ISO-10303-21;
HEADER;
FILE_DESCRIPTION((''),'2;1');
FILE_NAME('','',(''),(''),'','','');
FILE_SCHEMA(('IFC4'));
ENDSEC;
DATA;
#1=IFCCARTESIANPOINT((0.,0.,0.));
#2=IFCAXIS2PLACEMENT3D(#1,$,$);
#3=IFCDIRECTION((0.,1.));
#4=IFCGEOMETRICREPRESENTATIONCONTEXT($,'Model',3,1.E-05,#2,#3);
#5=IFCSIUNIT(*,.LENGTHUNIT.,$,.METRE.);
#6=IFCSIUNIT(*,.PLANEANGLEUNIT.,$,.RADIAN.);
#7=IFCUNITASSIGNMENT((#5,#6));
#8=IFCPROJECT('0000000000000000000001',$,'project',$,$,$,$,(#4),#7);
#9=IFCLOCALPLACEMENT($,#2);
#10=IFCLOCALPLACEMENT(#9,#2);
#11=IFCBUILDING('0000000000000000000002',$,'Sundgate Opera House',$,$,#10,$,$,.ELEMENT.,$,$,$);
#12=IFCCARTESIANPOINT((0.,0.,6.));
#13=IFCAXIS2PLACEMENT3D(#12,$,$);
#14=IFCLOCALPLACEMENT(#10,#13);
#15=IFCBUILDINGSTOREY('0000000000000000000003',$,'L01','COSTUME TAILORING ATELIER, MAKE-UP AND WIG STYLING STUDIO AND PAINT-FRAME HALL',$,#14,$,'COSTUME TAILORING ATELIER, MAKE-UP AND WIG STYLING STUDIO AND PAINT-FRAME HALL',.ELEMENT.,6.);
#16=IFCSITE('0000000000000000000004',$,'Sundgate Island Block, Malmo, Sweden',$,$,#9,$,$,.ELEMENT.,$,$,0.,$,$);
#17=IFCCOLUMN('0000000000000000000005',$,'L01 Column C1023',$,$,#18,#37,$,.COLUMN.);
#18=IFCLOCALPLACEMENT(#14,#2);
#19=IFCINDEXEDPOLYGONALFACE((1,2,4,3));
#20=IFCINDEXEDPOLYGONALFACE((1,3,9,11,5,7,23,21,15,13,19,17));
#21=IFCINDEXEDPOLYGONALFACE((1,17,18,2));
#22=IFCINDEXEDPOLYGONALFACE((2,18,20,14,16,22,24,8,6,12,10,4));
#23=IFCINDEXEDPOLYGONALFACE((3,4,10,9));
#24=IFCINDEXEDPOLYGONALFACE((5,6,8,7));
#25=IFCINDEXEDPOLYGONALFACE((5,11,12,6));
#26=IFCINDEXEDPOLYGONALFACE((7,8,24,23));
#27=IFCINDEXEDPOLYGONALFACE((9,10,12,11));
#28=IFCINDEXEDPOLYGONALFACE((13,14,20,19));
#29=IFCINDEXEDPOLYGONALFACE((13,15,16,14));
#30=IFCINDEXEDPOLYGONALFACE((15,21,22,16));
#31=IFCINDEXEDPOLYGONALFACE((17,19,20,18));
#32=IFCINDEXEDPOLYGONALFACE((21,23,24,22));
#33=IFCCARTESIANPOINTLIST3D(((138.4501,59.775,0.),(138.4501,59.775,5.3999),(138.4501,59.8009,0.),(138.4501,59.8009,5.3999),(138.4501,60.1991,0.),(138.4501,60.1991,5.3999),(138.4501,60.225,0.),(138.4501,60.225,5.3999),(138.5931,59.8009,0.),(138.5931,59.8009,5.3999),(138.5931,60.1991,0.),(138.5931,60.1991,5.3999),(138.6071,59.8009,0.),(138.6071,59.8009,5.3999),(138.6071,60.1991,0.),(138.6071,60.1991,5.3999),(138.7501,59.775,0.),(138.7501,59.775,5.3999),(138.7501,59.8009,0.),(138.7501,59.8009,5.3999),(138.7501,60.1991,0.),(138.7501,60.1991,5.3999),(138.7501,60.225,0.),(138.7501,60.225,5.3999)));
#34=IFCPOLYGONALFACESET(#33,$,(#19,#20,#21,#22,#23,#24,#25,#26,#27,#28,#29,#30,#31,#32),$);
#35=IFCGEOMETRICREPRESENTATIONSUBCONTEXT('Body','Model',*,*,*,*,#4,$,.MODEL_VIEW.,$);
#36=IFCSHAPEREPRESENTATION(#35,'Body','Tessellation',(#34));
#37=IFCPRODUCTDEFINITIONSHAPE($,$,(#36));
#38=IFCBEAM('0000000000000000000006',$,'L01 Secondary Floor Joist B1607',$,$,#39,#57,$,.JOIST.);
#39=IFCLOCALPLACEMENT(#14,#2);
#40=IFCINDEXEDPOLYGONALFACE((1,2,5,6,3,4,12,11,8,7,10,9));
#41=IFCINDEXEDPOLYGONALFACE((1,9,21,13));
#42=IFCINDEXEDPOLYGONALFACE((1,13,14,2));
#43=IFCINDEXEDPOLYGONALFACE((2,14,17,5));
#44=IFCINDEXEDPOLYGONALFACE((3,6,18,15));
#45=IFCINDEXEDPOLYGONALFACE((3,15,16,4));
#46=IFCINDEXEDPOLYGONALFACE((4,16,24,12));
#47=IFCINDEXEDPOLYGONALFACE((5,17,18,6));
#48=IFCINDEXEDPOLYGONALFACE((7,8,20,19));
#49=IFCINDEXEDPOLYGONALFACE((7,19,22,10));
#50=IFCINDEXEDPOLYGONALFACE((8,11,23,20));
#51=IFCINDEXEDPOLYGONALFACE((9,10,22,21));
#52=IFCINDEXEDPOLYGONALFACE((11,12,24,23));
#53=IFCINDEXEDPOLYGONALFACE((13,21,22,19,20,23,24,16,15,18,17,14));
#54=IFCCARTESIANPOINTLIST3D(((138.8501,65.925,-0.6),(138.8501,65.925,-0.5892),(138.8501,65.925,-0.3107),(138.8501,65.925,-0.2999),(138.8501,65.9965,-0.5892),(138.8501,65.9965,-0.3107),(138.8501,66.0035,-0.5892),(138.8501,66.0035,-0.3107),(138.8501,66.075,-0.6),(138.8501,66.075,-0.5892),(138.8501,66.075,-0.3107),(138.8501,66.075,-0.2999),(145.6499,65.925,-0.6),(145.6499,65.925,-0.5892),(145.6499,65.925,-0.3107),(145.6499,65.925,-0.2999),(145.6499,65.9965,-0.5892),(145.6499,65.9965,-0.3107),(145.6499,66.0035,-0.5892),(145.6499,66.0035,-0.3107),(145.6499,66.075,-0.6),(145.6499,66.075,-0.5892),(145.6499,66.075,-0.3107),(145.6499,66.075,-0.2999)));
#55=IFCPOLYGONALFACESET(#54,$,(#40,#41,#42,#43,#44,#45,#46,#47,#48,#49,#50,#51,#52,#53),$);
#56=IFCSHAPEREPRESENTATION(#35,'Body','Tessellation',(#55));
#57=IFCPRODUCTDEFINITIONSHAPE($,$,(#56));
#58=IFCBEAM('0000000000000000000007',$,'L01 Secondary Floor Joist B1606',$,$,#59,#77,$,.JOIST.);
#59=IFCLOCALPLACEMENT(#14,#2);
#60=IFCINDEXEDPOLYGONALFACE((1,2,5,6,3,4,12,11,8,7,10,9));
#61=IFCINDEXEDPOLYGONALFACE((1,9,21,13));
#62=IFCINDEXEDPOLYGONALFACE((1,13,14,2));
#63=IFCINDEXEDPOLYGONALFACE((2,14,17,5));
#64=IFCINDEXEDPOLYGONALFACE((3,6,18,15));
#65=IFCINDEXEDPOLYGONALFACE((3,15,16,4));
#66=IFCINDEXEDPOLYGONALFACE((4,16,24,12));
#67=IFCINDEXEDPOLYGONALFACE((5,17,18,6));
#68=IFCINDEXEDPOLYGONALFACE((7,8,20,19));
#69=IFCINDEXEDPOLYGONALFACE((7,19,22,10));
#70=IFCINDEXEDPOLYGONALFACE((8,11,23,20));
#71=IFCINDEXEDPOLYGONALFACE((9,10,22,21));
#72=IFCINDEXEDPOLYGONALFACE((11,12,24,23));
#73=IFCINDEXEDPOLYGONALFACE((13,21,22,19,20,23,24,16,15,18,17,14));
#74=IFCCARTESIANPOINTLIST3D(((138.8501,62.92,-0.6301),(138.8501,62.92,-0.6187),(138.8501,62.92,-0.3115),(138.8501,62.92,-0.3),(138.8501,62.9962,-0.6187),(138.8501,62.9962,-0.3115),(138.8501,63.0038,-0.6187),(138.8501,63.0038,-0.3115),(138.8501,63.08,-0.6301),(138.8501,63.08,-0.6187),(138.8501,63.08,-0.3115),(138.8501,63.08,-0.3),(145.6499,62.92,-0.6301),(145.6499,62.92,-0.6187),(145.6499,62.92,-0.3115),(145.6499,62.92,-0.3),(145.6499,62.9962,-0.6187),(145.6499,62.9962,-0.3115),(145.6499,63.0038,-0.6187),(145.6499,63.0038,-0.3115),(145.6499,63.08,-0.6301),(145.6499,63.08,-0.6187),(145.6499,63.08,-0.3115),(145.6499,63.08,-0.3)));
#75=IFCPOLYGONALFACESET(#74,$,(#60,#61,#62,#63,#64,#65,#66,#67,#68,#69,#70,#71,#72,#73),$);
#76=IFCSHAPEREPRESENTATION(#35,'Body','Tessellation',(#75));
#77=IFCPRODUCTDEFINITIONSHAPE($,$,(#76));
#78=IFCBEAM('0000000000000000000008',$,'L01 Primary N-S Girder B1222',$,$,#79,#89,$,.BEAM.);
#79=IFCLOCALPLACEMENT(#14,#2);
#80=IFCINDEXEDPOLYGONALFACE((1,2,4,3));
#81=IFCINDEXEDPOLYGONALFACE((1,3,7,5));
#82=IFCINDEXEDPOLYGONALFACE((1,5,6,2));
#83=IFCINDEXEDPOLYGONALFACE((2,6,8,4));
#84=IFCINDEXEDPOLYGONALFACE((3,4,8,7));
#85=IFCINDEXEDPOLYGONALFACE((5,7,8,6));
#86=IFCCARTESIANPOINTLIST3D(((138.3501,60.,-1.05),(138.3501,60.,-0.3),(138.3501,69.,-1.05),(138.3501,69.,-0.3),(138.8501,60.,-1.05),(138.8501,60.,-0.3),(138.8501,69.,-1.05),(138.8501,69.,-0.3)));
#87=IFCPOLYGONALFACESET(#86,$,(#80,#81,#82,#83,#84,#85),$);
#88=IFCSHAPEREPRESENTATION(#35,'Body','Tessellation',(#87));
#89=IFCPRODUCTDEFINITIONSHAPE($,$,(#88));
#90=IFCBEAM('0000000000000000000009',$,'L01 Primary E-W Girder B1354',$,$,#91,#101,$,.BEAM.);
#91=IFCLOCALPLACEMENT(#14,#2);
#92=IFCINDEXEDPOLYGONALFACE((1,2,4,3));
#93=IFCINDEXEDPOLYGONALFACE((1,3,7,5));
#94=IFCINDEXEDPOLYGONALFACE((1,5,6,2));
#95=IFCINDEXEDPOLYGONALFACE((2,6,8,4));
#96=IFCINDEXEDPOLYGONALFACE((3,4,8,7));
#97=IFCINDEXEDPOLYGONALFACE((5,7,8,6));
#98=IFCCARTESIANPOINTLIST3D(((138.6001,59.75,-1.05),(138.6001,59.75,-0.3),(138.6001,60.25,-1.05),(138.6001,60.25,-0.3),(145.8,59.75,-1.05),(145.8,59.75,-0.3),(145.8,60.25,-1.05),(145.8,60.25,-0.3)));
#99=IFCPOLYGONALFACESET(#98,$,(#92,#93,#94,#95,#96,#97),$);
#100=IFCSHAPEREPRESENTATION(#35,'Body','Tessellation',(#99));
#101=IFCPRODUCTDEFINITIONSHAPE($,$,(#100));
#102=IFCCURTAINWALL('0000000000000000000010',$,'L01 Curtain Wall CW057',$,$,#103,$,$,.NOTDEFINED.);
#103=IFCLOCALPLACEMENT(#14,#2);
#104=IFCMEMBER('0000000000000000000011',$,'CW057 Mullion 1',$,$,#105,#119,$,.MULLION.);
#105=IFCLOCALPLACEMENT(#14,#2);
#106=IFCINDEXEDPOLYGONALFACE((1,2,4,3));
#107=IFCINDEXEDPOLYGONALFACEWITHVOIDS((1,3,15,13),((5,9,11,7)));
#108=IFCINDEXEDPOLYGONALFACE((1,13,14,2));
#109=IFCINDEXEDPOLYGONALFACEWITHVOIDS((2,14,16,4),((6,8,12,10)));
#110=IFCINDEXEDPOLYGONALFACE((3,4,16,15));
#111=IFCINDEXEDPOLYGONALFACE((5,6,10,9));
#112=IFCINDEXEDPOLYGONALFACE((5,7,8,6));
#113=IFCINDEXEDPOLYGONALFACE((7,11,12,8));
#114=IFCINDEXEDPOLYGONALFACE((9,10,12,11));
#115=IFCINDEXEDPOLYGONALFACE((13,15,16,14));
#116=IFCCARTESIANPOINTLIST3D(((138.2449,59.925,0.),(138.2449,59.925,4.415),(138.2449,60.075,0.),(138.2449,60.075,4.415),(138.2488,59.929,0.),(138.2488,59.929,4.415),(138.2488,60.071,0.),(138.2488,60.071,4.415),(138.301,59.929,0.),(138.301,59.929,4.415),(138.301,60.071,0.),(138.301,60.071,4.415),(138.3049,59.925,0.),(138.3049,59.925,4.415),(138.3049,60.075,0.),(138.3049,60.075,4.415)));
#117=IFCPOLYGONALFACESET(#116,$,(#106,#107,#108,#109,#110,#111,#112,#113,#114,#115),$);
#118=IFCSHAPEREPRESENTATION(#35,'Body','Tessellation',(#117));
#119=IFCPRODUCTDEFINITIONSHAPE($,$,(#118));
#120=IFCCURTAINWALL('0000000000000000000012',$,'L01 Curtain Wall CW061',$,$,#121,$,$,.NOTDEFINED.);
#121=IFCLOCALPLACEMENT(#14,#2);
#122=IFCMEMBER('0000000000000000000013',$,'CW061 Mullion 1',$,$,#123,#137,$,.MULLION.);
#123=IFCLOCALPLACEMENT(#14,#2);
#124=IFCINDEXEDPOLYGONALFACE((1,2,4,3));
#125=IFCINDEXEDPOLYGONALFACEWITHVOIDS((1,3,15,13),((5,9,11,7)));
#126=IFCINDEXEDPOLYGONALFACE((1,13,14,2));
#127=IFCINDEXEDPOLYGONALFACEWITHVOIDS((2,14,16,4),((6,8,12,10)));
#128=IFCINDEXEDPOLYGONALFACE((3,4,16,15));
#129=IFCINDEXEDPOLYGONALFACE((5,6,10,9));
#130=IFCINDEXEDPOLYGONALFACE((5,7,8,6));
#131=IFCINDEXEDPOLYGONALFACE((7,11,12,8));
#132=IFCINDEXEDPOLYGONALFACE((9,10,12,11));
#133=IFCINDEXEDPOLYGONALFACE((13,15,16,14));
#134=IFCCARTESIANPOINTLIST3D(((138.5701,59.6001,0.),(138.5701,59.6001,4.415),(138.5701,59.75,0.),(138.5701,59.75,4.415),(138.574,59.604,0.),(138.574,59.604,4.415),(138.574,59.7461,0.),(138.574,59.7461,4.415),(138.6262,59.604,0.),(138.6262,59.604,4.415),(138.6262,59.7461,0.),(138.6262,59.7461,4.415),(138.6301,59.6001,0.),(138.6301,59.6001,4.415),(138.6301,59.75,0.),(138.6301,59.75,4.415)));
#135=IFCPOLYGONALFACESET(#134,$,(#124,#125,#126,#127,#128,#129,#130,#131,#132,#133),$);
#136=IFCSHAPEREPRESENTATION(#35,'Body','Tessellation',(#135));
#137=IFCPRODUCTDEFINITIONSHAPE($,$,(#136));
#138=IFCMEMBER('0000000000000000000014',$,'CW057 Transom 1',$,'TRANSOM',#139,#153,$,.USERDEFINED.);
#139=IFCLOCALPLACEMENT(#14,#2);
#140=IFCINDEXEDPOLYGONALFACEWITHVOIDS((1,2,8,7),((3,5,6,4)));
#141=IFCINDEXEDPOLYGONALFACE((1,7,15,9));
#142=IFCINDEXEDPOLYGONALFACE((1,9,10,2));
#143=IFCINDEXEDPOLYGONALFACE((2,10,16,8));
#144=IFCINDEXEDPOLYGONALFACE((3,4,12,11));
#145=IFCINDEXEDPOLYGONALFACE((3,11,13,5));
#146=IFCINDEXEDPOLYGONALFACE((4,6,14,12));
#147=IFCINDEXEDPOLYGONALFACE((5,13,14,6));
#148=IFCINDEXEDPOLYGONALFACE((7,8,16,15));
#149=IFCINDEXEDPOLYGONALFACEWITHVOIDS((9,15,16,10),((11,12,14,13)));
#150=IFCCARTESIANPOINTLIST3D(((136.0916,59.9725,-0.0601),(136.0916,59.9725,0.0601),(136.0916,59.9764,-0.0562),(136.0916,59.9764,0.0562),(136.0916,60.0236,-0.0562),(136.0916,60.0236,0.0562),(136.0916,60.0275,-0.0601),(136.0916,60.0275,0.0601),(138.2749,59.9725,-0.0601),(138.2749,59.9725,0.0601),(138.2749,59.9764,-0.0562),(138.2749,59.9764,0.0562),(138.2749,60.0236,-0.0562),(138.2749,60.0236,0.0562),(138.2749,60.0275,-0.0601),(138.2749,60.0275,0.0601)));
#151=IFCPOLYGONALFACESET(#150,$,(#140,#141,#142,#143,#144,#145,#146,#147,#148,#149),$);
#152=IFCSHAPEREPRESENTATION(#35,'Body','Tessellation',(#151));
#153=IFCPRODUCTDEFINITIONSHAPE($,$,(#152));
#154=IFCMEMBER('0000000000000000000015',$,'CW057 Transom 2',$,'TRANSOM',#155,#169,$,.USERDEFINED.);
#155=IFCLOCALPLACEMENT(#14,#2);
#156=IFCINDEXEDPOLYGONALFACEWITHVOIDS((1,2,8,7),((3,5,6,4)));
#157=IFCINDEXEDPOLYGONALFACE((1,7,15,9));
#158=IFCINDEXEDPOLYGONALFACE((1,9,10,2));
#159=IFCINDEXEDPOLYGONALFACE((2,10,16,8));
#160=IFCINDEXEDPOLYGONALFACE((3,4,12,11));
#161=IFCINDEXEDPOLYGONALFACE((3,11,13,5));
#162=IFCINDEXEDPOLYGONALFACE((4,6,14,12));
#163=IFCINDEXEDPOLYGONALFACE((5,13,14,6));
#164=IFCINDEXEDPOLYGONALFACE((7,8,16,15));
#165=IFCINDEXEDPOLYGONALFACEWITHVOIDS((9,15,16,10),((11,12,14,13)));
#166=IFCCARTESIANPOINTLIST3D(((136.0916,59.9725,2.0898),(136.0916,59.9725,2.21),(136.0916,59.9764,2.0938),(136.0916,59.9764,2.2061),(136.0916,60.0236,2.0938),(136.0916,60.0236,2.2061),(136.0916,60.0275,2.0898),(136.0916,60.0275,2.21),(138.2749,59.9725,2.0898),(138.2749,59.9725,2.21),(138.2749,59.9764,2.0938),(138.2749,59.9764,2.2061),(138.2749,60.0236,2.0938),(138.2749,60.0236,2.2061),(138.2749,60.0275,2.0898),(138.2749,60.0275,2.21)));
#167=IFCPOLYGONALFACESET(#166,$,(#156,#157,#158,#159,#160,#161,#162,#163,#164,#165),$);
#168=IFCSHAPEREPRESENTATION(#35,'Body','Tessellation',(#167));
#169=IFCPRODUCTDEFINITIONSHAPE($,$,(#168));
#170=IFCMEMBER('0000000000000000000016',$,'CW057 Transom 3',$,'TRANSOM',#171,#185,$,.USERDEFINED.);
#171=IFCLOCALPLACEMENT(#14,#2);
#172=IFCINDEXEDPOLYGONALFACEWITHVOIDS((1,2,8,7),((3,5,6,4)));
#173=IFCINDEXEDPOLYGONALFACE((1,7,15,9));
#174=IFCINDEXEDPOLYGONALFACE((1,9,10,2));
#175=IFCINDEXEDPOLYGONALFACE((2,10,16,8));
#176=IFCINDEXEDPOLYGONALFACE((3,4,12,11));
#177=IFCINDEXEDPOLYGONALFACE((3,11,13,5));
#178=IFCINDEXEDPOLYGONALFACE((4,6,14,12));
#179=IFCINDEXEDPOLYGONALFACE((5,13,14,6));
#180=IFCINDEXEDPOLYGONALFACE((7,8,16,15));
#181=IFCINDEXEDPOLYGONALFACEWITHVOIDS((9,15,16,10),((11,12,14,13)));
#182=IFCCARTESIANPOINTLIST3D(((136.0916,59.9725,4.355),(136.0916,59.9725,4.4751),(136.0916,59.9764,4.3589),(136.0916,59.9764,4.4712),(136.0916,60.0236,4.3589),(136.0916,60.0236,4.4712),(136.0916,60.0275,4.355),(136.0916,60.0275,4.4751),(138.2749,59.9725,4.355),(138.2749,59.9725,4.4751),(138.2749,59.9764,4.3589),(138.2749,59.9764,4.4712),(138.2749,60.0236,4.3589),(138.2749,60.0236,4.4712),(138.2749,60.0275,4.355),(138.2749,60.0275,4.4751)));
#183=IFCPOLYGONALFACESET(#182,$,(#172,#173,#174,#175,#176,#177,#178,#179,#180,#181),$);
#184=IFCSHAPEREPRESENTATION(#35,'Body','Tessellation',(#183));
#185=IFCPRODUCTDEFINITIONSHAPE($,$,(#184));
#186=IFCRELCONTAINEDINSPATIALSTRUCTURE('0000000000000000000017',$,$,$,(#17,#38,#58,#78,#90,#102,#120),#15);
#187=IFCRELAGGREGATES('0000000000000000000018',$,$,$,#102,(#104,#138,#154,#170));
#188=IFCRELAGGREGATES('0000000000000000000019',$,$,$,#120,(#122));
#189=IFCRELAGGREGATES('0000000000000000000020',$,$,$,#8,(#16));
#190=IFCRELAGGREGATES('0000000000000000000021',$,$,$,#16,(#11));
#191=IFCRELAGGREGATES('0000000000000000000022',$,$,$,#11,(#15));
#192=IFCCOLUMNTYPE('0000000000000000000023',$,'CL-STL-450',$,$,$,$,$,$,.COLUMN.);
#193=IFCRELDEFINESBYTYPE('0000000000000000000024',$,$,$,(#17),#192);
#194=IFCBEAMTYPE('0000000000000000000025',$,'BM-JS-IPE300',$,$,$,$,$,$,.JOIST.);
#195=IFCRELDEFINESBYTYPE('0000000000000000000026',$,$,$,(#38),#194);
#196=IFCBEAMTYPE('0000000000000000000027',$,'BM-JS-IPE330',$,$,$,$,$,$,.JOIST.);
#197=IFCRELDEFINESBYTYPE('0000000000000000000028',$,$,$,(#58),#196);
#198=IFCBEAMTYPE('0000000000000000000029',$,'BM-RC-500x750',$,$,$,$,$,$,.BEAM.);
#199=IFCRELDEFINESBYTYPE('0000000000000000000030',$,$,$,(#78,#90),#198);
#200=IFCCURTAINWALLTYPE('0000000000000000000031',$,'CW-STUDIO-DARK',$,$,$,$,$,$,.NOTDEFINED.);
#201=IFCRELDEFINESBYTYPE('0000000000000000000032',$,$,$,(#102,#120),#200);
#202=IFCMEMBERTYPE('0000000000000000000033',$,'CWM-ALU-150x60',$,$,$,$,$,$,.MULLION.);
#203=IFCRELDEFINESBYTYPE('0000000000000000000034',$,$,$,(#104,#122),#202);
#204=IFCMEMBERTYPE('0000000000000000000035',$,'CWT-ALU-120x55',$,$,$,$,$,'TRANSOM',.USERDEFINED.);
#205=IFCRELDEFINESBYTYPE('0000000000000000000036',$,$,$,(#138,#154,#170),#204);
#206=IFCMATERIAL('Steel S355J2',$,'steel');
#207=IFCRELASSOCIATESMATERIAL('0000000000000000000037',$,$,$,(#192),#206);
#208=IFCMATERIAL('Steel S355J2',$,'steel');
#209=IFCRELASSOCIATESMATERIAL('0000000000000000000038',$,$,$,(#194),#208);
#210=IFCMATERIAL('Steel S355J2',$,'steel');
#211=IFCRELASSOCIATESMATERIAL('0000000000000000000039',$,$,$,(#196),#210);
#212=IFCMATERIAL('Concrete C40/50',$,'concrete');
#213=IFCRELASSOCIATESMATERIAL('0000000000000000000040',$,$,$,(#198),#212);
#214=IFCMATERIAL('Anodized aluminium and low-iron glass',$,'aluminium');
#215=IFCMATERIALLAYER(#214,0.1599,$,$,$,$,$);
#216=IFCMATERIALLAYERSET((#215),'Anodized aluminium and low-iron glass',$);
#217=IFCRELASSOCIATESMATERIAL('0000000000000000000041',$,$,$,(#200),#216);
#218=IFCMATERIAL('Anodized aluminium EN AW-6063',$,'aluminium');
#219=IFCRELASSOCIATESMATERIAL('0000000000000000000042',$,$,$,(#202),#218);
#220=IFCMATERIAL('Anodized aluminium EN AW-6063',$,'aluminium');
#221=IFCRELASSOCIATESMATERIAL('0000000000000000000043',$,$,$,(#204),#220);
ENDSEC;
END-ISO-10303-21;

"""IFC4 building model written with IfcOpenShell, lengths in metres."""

from ifc_helpers import new_model, si_unit, direction, frame, origin, origin_2d, place, context, subcontext, project, spatial, rectangle, hollow_rectangle, i_section, extrude, material, layer, layer_set, material_profile, profile_set, type_object, element, aggregate, save


model = new_model("IFC4")

# Units and contexts
model_context = context("Model", 3, precision=1e-05, world=origin(), true_north=direction((0.0, 1.0)))
body_context = subcontext(model_context, "Body", "Model", "MODEL_VIEW")
ifc_project = project(units=[si_unit("LENGTHUNIT", "METRE"), si_unit("PLANEANGLEUNIT", "RADIAN")], contexts=[model_context])

# Site, building, storey
site_placement = place(None, origin())
site = spatial("IfcSite", under=ifc_project, at=site_placement, Name="Sundgate Island Block, Malmo, Sweden", CompositionType="ELEMENT", RefElevation=0.0)
building_placement = place(site_placement, origin())
building = spatial("IfcBuilding", under=site, at=building_placement, Name="Sundgate Opera House", CompositionType="ELEMENT")
storey_placement = place(building_placement, frame((0.0, 0.0, 6.0)))
storey = spatial("IfcBuildingStorey", under=building, at=storey_placement, Name="L01", Description="COSTUME TAILORING ATELIER, MAKE-UP AND WIG STYLING STUDIO AND PAINT-FRAME HALL", LongName="COSTUME TAILORING ATELIER, MAKE-UP AND WIG STYLING STUDIO AND PAINT-FRAME HALL", CompositionType="ELEMENT", Elevation=6.0)

# Column
ifc_material_1 = material(Name="Steel S355J2", Category="steel")
ifc_material_profile_1 = material_profile(ifc_material_1, i_section(OverallWidth=0.3, OverallDepth=0.45, WebThickness=0.0139, FlangeThickness=0.0259, at=origin_2d()), Name="HEB 450")
ifc_profile_set_1 = profile_set([ifc_material_profile_1], Name="Steel S355J2")
column_type = type_object("IfcColumnType", Name="CL-STL-450", PredefinedType="COLUMN", material=ifc_profile_set_1)
column_placement = place(storey_placement, frame((138.6001, 60.0, 0.0), z_axis=(0.0, 0.0, 1.0), x_axis=(1.0, 0.0, 0.0)))
element("IfcColumn", 1, at=column_placement, inside=storey, type_object=column_type, Name="L01 Column C1023", PredefinedType="COLUMN", context=body_context, shape_type="SweptSolid", body=[
    extrude(i_section(OverallWidth=0.3, OverallDepth=0.45, WebThickness=0.0139, FlangeThickness=0.0259, at=origin_2d()), origin(), (0.0, 0.0, 1.0), 5.3999),
])

# Beams
ifc_material_2 = material(Name="Steel S355J2", Category="steel")
ifc_material_profile_2 = material_profile(ifc_material_2, i_section(OverallWidth=0.1499, OverallDepth=0.3, WebThickness=0.0071, FlangeThickness=0.0107, at=origin_2d()), Name="IPE 300")
ifc_profile_set_2 = profile_set([ifc_material_profile_2], Name="Steel S355J2")
beam_type_1 = type_object("IfcBeamType", Name="BM-JS-IPE300", PredefinedType="JOIST", material=ifc_profile_set_2)
beam_1_placement = place(storey_placement, frame((138.8501, 66.0, -0.45), z_axis=(1.0, 0.0, 0.0), x_axis=(0.0, 1.0, 0.0)))
element("IfcBeam", 2, at=beam_1_placement, inside=storey, type_object=beam_type_1, Name="L01 Secondary Floor Joist B1607", PredefinedType="JOIST", context=body_context, shape_type="SweptSolid", body=[
    extrude(i_section(OverallWidth=0.1499, OverallDepth=0.3, WebThickness=0.0071, FlangeThickness=0.0107, at=origin_2d()), origin(), (0.0, 0.0, 1.0), 6.7998),
])
ifc_material_3 = material(Name="Steel S355J2", Category="steel")
ifc_material_profile_3 = material_profile(ifc_material_3, i_section(OverallWidth=0.1599, OverallDepth=0.3301, WebThickness=0.0076, FlangeThickness=0.0115, at=origin_2d()), Name="IPE 330")
ifc_profile_set_3 = profile_set([ifc_material_profile_3], Name="Steel S355J2")
beam_type_2 = type_object("IfcBeamType", Name="BM-JS-IPE330", PredefinedType="JOIST", material=ifc_profile_set_3)
beam_2_placement = place(storey_placement, frame((138.8501, 63.0, -0.4651), z_axis=(1.0, 0.0, 0.0), x_axis=(0.0, 1.0, 0.0)))
element("IfcBeam", 3, at=beam_2_placement, inside=storey, type_object=beam_type_2, Name="L01 Secondary Floor Joist B1606", PredefinedType="JOIST", context=body_context, shape_type="SweptSolid", body=[
    extrude(i_section(OverallWidth=0.1599, OverallDepth=0.3301, WebThickness=0.0076, FlangeThickness=0.0115, at=origin_2d()), origin(), (0.0, 0.0, 1.0), 6.7998),
])
ifc_material_4 = material(Name="Concrete C40/50", Category="concrete")
ifc_material_profile_4 = material_profile(ifc_material_4, rectangle(XDim=0.5, YDim=0.75, at=origin_2d()), Name="RC 500x750")
ifc_profile_set_4 = profile_set([ifc_material_profile_4], Name="Concrete C40/50")
beam_type_3 = type_object("IfcBeamType", Name="BM-RC-500x750", PredefinedType="BEAM", material=ifc_profile_set_4)
beam_3_placement = place(storey_placement, frame((138.6001, 60.0, -0.675), z_axis=(0.0, 1.0, 0.0), x_axis=(-1.0, 0.0, 0.0)))
element("IfcBeam", 4, at=beam_3_placement, inside=storey, type_object=beam_type_3, Name="L01 Primary N-S Girder B1222", PredefinedType="BEAM", context=body_context, shape_type="SweptSolid", body=[
    extrude(rectangle(XDim=0.5, YDim=0.75, at=origin_2d()), origin(), (0.0, 0.0, 1.0), 9.0),
])
beam_4_placement = place(storey_placement, frame((138.6001, 60.0, -0.675), z_axis=(1.0, 0.0, 0.0), x_axis=(0.0, 1.0, 0.0)))
element("IfcBeam", 5, at=beam_4_placement, inside=storey, type_object=beam_type_3, Name="L01 Primary E-W Girder B1354", PredefinedType="BEAM", context=body_context, shape_type="SweptSolid", body=[
    extrude(rectangle(XDim=0.5, YDim=0.75, at=origin_2d()), origin(), (0.0, 0.0, 1.0), 7.2),
])

# Curtain walls, members
ifc_material_5 = material(Name="Anodized aluminium and low-iron glass", Category="aluminium")
ifc_layer_1 = layer(ifc_material_5, 0.1599)
ifc_layer_set_1 = layer_set([ifc_layer_1], Name="Anodized aluminium and low-iron glass")
curtain_wall_type = type_object("IfcCurtainWallType", Name="CW-STUDIO-DARK", PredefinedType="NOTDEFINED", material=ifc_layer_set_1)
curtain_wall_1_placement = place(storey_placement, origin())
curtain_wall_1 = element("IfcCurtainWall", 6, at=curtain_wall_1_placement, inside=storey, type_object=curtain_wall_type, Name="L01 Curtain Wall CW057", PredefinedType="NOTDEFINED")
ifc_material_6 = material(Name="Anodized aluminium EN AW-6063", Category="aluminium")
ifc_material_profile_5 = material_profile(ifc_material_6, hollow_rectangle(XDim=0.0601, YDim=0.1499, WallThickness=0.0039, at=origin_2d()), Name="CWM 150x60x4")
ifc_profile_set_5 = profile_set([ifc_material_profile_5], Name="Anodized aluminium EN AW-6063")
member_type_1 = type_object("IfcMemberType", Name="CWM-ALU-150x60", PredefinedType="MULLION", material=ifc_profile_set_5)
member_1_placement = place(storey_placement, frame((138.2749, 60.0, 0.0), z_axis=(0.0, 0.0, 1.0), x_axis=(1.0, 0.0, 0.0)))
member_1 = element("IfcMember", 7, at=member_1_placement, type_object=member_type_1, Name="CW057 Mullion 1", PredefinedType="MULLION", context=body_context, shape_type="SweptSolid", body=[
    extrude(hollow_rectangle(XDim=0.0601, YDim=0.1499, WallThickness=0.0039, at=origin_2d()), origin(), (0.0, 0.0, 1.0), 4.415),
])
curtain_wall_2_placement = place(storey_placement, origin())
curtain_wall_2 = element("IfcCurtainWall", 8, at=curtain_wall_2_placement, inside=storey, type_object=curtain_wall_type, Name="L01 Curtain Wall CW061", PredefinedType="NOTDEFINED")
member_2_placement = place(storey_placement, frame((138.6001, 59.675, 0.0), z_axis=(0.0, 0.0, 1.0), x_axis=(1.0, 0.0, 0.0)))
member_2 = element("IfcMember", 9, at=member_2_placement, type_object=member_type_1, Name="CW061 Mullion 1", PredefinedType="MULLION", context=body_context, shape_type="SweptSolid", body=[
    extrude(hollow_rectangle(XDim=0.0601, YDim=0.1499, WallThickness=0.0039, at=origin_2d()), origin(), (0.0, 0.0, 1.0), 4.415),
])

# Members
ifc_material_7 = material(Name="Anodized aluminium EN AW-6063", Category="aluminium")
ifc_material_profile_6 = material_profile(ifc_material_7, hollow_rectangle(XDim=0.0549, YDim=0.1201, WallThickness=0.0039, at=origin_2d()), Name="CWT 120x55x4")
ifc_profile_set_6 = profile_set([ifc_material_profile_6], Name="Anodized aluminium EN AW-6063")
member_type_2 = type_object("IfcMemberType", Name="CWT-ALU-120x55", ElementType="TRANSOM", PredefinedType="USERDEFINED", material=ifc_profile_set_6)
member_3_placement = place(storey_placement, frame((138.2749, 60.0, 0.0), z_axis=(-1.0, 0.0, 0.0), x_axis=(0.0, -1.0, 0.0)))
member_3 = element("IfcMember", 10, at=member_3_placement, type_object=member_type_2, Name="CW057 Transom 1", ObjectType="TRANSOM", PredefinedType="USERDEFINED", context=body_context, shape_type="SweptSolid", body=[
    extrude(hollow_rectangle(XDim=0.0549, YDim=0.1201, WallThickness=0.0039, at=origin_2d()), origin(), (0.0, 0.0, 1.0), 2.1833),
])
member_4_placement = place(storey_placement, frame((138.2749, 60.0, 2.1499), z_axis=(-1.0, 0.0, 0.0), x_axis=(0.0, -1.0, 0.0)))
member_4 = element("IfcMember", 11, at=member_4_placement, type_object=member_type_2, Name="CW057 Transom 2", ObjectType="TRANSOM", PredefinedType="USERDEFINED", context=body_context, shape_type="SweptSolid", body=[
    extrude(hollow_rectangle(XDim=0.0549, YDim=0.1201, WallThickness=0.0039, at=origin_2d()), origin(), (0.0, 0.0, 1.0), 2.1833),
])
member_5_placement = place(storey_placement, frame((138.2749, 60.0, 4.415), z_axis=(-1.0, 0.0, 0.0), x_axis=(0.0, -1.0, 0.0)))
member_5 = element("IfcMember", 12, at=member_5_placement, type_object=member_type_2, Name="CW057 Transom 3", ObjectType="TRANSOM", PredefinedType="USERDEFINED", context=body_context, shape_type="SweptSolid", body=[
    extrude(hollow_rectangle(XDim=0.0549, YDim=0.1201, WallThickness=0.0039, at=origin_2d()), origin(), (0.0, 0.0, 1.0), 2.1833),
])

aggregate(curtain_wall_1, [member_1, member_3, member_4, member_5])
aggregate(curtain_wall_2, [member_2])

save(model, "model.ifc")
